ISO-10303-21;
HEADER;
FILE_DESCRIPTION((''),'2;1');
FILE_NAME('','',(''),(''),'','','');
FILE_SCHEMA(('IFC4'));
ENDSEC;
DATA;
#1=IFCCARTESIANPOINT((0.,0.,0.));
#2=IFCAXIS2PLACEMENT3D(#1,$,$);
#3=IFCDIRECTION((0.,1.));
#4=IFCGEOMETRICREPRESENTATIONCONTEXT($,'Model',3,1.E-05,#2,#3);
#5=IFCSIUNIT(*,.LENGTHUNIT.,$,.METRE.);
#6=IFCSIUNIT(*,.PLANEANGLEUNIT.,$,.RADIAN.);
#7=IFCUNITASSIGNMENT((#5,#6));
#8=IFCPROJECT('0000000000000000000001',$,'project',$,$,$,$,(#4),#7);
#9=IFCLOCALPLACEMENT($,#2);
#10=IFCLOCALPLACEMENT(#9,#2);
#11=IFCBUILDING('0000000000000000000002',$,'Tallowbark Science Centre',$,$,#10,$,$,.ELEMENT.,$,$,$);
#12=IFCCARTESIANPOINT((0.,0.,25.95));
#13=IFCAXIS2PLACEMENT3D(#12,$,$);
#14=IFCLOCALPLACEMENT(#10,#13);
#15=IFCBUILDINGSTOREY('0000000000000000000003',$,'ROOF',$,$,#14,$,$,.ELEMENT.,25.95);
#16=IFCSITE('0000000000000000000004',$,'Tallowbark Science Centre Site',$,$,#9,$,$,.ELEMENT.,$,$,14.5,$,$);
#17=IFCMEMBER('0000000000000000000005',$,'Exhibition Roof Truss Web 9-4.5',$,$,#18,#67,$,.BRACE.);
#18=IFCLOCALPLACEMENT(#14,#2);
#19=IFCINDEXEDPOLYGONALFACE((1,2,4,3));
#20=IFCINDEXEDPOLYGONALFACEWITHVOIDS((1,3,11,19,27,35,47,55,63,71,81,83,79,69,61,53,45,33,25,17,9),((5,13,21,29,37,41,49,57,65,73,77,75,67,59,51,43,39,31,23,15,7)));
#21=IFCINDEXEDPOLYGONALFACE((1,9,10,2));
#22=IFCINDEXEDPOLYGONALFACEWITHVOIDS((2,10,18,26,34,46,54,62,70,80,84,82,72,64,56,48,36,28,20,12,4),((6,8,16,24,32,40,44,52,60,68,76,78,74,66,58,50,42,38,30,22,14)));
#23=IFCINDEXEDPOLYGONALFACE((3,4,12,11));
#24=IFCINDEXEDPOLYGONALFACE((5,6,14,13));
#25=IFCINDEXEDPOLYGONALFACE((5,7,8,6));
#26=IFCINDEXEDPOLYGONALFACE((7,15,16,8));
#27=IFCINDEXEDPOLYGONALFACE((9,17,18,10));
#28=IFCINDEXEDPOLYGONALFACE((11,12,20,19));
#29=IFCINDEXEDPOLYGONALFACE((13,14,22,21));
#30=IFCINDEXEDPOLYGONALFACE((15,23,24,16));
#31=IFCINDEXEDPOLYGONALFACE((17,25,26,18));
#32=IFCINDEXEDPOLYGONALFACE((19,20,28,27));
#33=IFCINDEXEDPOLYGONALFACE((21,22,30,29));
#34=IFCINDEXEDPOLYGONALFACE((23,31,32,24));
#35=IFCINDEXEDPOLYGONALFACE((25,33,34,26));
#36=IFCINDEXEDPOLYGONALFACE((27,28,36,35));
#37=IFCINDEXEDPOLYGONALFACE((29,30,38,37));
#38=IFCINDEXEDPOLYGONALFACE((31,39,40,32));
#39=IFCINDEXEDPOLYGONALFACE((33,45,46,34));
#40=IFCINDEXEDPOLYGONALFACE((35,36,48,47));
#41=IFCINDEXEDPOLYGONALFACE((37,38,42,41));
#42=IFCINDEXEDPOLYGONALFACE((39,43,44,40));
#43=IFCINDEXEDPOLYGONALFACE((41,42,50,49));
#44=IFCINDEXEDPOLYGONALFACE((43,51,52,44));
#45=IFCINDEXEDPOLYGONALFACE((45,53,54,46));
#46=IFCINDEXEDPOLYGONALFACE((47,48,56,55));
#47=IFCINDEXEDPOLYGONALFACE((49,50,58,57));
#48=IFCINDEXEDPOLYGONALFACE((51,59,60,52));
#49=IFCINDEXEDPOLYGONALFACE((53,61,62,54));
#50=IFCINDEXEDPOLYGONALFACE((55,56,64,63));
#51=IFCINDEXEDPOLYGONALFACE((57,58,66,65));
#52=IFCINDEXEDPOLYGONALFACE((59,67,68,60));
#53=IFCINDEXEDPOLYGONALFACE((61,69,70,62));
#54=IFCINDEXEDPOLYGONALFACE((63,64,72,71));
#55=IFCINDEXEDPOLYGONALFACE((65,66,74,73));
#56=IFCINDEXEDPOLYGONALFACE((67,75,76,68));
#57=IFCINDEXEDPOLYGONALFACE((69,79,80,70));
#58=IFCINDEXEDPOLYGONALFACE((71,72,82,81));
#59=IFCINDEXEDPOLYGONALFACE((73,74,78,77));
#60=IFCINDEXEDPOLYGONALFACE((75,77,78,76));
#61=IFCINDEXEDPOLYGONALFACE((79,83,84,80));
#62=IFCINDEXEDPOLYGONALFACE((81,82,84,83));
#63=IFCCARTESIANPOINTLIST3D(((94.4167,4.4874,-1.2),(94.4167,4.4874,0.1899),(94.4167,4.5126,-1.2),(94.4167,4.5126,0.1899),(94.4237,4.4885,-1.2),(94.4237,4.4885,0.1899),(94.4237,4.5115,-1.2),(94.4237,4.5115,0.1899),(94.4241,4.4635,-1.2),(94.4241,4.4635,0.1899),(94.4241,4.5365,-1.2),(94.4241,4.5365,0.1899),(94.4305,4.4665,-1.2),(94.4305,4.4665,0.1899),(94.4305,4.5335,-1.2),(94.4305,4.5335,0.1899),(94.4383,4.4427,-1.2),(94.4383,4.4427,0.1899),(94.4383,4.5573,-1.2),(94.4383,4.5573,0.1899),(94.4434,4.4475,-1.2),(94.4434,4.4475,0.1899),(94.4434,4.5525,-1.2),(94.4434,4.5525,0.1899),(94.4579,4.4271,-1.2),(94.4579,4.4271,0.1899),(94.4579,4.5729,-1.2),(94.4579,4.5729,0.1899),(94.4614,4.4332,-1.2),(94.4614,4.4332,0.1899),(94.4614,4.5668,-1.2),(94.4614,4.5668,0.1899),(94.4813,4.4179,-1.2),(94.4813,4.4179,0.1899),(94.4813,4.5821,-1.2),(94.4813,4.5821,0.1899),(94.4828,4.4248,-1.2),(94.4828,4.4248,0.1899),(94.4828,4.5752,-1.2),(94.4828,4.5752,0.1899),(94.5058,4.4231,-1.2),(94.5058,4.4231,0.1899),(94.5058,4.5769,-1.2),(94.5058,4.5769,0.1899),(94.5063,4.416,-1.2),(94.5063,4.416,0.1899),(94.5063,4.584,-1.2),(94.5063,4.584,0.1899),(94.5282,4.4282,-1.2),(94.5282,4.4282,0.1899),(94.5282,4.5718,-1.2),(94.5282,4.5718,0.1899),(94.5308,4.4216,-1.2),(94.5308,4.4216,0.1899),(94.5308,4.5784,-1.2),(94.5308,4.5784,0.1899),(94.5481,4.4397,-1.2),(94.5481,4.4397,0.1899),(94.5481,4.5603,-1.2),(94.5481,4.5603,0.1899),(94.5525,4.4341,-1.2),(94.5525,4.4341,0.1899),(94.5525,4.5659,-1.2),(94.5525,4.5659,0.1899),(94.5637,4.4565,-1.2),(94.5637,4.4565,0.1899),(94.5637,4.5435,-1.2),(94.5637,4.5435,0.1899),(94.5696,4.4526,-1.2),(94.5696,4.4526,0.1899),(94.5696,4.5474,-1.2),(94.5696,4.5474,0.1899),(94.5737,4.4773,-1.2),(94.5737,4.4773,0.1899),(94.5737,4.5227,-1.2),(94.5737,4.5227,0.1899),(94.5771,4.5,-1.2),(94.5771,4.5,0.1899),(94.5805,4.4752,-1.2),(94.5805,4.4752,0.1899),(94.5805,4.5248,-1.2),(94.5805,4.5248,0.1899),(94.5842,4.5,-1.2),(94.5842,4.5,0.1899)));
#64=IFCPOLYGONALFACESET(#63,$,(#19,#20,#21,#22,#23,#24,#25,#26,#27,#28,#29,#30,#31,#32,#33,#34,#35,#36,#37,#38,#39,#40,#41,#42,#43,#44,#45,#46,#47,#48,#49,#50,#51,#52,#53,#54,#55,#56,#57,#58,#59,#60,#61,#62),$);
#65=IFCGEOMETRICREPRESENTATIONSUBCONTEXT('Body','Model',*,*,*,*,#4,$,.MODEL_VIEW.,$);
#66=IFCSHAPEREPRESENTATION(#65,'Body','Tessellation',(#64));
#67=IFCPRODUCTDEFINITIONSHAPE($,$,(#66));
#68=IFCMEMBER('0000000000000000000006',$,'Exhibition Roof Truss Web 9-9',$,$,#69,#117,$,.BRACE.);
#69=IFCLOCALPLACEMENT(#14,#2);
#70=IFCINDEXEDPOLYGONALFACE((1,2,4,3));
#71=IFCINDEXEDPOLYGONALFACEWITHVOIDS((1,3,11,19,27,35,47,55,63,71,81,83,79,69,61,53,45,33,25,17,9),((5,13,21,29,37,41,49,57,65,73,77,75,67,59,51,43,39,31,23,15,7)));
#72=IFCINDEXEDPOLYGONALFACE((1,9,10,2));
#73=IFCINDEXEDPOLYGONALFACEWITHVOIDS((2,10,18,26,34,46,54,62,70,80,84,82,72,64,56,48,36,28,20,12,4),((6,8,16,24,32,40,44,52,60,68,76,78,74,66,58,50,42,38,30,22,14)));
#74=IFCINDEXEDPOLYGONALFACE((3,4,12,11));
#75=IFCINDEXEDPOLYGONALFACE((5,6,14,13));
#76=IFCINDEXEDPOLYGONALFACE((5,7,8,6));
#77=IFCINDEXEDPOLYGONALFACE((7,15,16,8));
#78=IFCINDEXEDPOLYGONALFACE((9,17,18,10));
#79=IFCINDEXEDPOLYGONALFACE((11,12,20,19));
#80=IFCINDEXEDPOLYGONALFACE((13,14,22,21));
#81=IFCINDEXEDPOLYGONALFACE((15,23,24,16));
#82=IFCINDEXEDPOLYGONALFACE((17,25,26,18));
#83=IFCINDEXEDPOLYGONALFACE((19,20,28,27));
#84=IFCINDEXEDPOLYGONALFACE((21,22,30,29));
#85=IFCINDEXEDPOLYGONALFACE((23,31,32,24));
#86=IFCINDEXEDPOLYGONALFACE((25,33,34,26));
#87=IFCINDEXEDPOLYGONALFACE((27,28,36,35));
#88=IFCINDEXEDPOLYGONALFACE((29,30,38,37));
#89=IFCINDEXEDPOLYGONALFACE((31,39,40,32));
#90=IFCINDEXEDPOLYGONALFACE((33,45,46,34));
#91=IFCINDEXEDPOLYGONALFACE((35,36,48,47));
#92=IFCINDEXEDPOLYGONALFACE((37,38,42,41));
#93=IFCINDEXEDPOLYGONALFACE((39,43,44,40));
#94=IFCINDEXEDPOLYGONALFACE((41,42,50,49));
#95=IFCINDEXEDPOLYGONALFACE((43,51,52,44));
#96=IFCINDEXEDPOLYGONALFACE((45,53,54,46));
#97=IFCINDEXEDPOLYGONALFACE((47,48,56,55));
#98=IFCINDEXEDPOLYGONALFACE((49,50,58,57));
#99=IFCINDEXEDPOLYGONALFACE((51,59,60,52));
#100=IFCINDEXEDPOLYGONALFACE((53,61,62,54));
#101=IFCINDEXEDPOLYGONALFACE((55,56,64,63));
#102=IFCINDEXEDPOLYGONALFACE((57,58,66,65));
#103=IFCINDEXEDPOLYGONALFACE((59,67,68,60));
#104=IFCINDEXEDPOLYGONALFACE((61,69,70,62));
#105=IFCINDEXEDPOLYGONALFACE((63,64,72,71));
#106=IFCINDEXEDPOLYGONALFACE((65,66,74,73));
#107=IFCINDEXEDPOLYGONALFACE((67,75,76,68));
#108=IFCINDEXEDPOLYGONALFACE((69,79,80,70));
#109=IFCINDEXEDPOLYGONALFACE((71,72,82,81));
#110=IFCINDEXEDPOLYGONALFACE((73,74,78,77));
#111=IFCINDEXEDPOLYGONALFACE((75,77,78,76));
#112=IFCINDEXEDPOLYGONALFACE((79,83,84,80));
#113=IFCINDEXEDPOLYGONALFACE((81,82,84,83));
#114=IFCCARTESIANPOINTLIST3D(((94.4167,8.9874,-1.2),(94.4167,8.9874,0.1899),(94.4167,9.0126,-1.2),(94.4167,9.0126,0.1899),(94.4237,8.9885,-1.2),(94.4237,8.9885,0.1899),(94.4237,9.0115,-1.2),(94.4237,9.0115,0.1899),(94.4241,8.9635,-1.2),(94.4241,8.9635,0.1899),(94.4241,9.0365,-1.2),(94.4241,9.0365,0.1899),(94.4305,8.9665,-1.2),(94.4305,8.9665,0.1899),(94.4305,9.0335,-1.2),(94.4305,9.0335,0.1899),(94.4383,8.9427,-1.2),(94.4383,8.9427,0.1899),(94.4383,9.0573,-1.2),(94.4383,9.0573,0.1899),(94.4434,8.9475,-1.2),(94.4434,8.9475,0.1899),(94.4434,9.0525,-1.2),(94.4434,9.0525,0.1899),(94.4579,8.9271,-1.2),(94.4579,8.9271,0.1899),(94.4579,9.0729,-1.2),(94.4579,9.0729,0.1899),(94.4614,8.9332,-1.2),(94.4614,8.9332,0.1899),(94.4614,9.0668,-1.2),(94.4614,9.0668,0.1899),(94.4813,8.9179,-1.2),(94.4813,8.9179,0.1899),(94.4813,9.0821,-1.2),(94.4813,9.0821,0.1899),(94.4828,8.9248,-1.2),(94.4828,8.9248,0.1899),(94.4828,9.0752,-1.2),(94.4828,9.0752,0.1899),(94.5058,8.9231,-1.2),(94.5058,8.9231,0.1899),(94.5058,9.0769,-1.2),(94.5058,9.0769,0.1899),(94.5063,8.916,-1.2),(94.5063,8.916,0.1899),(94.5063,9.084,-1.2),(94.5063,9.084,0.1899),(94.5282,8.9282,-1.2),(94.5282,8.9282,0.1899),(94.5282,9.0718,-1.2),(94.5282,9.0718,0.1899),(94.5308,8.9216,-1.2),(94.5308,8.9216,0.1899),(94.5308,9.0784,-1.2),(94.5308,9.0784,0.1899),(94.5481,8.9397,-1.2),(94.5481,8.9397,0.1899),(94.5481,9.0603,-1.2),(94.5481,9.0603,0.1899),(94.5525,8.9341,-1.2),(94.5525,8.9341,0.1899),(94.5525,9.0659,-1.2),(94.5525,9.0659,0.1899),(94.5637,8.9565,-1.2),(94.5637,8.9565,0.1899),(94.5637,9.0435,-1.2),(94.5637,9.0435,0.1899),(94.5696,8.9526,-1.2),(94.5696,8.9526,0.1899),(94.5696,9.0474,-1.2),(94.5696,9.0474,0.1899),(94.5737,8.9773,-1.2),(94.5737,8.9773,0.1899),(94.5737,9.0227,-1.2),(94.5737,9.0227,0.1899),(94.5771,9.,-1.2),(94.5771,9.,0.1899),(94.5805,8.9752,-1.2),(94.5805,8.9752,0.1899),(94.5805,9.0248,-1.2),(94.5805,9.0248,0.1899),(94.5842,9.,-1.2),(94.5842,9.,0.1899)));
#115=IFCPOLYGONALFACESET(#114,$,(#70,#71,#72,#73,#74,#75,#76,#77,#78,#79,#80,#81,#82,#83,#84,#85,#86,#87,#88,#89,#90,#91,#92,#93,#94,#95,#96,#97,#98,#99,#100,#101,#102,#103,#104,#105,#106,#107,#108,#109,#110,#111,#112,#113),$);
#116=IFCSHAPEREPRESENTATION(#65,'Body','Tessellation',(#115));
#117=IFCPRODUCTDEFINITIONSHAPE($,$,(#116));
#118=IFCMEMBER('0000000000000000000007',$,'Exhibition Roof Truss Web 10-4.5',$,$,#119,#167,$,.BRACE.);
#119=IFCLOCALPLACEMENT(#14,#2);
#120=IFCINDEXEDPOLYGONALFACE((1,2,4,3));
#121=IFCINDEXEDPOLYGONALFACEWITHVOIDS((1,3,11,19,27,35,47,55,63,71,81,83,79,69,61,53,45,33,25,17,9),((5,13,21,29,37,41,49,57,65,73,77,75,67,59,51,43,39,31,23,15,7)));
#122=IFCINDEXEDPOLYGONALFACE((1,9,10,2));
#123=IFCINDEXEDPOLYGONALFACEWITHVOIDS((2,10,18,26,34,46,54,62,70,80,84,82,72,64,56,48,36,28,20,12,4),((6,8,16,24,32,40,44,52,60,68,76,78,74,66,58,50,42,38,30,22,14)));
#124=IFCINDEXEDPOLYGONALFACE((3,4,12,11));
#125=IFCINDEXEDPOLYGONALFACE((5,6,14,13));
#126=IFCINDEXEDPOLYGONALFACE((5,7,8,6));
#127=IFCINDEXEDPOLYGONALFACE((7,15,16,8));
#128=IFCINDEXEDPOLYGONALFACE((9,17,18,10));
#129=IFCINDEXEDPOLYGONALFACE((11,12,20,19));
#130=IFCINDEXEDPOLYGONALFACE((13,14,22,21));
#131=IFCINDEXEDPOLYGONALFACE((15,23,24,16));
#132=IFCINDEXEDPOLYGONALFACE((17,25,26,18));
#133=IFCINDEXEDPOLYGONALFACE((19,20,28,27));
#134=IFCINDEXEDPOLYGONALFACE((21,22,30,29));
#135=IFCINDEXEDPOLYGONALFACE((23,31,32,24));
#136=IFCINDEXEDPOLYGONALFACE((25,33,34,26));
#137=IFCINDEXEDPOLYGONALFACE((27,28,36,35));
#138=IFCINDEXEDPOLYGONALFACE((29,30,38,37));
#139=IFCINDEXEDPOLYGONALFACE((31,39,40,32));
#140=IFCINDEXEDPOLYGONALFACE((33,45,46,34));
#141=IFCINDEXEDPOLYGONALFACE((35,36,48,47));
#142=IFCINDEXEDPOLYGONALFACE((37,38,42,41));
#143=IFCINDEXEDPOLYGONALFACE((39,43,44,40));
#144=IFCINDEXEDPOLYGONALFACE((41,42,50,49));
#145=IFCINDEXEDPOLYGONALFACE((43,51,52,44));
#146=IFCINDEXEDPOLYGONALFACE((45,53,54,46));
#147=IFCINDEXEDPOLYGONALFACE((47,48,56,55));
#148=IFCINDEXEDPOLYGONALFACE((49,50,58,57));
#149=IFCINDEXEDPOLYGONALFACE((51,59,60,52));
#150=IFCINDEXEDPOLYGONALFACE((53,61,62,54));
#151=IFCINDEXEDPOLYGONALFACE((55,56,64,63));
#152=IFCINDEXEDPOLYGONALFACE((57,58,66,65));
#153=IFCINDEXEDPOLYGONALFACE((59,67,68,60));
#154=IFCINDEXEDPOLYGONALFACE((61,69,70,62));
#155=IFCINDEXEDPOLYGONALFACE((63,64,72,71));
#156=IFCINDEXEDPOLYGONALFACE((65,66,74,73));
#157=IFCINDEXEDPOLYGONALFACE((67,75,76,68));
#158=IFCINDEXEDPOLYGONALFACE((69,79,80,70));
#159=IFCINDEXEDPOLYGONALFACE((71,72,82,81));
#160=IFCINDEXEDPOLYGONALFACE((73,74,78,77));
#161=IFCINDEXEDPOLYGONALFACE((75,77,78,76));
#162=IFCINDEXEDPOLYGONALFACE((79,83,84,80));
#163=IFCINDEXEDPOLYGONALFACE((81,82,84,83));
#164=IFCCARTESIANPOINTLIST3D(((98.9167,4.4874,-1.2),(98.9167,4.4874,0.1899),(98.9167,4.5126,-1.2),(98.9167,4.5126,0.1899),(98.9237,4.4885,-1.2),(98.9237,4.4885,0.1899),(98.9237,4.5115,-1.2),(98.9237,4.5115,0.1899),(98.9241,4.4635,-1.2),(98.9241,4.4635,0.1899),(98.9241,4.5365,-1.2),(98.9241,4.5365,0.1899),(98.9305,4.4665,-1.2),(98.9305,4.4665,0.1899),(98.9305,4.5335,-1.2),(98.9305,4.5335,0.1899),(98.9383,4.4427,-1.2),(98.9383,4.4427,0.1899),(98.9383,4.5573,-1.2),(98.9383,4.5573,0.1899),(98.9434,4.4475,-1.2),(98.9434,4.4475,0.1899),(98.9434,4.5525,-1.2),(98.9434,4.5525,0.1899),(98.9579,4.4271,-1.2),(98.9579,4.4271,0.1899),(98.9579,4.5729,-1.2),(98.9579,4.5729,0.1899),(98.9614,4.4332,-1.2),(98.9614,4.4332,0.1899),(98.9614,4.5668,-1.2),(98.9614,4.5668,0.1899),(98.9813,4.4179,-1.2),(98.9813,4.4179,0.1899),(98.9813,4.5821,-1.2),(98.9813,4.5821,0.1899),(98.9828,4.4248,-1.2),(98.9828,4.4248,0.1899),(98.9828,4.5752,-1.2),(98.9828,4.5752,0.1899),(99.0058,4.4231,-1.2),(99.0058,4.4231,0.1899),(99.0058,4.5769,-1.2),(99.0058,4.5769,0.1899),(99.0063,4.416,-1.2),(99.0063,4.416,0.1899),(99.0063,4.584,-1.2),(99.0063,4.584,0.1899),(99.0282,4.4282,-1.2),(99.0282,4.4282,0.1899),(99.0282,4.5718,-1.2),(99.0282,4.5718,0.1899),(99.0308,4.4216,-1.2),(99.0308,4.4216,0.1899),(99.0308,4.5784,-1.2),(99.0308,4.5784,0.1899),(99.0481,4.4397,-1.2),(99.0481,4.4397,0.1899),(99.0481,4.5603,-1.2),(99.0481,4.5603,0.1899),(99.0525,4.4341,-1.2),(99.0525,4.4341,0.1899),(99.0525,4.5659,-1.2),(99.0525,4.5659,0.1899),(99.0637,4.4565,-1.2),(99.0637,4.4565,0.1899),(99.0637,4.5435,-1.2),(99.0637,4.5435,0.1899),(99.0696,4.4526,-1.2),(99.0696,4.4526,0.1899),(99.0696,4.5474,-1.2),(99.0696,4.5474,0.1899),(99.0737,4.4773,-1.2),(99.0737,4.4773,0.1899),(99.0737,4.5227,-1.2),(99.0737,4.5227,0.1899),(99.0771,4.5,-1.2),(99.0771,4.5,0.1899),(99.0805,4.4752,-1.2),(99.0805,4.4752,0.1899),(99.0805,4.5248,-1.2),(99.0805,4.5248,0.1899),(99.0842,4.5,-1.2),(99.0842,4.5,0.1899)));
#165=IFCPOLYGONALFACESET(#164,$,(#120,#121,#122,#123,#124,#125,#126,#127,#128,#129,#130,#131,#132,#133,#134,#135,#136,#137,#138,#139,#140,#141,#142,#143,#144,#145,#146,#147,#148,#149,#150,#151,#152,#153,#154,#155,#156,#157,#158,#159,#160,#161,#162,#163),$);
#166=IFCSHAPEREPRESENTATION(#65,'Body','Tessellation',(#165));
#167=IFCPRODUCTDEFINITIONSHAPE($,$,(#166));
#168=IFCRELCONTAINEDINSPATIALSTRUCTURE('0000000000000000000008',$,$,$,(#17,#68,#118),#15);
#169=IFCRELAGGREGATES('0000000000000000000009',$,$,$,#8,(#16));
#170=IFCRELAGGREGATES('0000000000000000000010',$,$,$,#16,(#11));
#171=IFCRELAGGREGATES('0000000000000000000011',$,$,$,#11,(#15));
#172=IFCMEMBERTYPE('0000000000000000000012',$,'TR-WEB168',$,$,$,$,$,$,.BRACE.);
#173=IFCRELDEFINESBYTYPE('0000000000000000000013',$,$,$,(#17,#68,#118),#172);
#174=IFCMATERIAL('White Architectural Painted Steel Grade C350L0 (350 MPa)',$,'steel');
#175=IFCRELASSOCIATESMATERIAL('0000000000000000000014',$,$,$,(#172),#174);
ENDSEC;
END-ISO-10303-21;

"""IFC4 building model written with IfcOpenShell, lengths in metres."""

from ifc_helpers import new_model, si_unit, direction, frame, origin, origin_2d, place, context, subcontext, project, spatial, hollow_circle, extrude, material, material_profile, profile_set, type_object, element, save


model = new_model("IFC4")

# Units and contexts
model_context = context("Model", 3, precision=1e-05, world=origin(), true_north=direction((0.0, 1.0)))
body_context = subcontext(model_context, "Body", "Model", "MODEL_VIEW")
ifc_project = project(units=[si_unit("LENGTHUNIT", "METRE"), si_unit("PLANEANGLEUNIT", "RADIAN")], contexts=[model_context])

# Site, building, storey
site_placement = place(None, origin())
site = spatial("IfcSite", under=ifc_project, at=site_placement, Name="Tallowbark Science Centre Site", CompositionType="ELEMENT", RefElevation=14.5)
building_placement = place(site_placement, origin())
building = spatial("IfcBuilding", under=site, at=building_placement, Name="Tallowbark Science Centre", CompositionType="ELEMENT")
storey_placement = place(building_placement, frame((0.0, 0.0, 25.95)))
storey = spatial("IfcBuildingStorey", under=building, at=storey_placement, Name="ROOF", CompositionType="ELEMENT", Elevation=25.95)

# Shared definitions
ifc_material_1 = material(Name="White Architectural Painted Steel Grade C350L0 (350 MPa)", Category="steel")

# Members
ifc_material_profile_1 = material_profile(ifc_material_1, hollow_circle(Radius=0.0842, WallThickness=0.0071, at=origin_2d()), Name="168.3x7.1CHS")
ifc_profile_set_1 = profile_set([ifc_material_profile_1], Name="White Architectural Painted Steel Grade C350L0 (350 MPa)")
member_type_1 = type_object("IfcMemberType", Name="TR-WEB168", PredefinedType="BRACE", material=ifc_profile_set_1)
for number, where, z_axis, x_axis, name in (
    (1, (94.5, 4.5, -1.2), (0.0, 0.0, 1.0), (1.0, 0.0, 0.0), "Exhibition Roof Truss Web 9-4.5"),
    (2, (94.5, 9.0, -1.2), (0.0, 0.0, 1.0), (1.0, 0.0, 0.0), "Exhibition Roof Truss Web 9-9"),
    (3, (99.0, 4.5, -1.2), (0.0, 0.0, 1.0), (1.0, 0.0, 0.0), "Exhibition Roof Truss Web 10-4.5"),
):
    element("IfcMember", number, at=place(storey_placement, frame(where, z_axis=z_axis, x_axis=x_axis)), inside=storey, type_object=member_type_1, Name=name, PredefinedType="BRACE", context=body_context, shape_type="SweptSolid", body=[
        extrude(hollow_circle(Radius=0.0842, WallThickness=0.0071, at=origin_2d()), origin(), (0.0, 0.0, 1.0), 1.3899),
    ])

save(model, "model.ifc")
